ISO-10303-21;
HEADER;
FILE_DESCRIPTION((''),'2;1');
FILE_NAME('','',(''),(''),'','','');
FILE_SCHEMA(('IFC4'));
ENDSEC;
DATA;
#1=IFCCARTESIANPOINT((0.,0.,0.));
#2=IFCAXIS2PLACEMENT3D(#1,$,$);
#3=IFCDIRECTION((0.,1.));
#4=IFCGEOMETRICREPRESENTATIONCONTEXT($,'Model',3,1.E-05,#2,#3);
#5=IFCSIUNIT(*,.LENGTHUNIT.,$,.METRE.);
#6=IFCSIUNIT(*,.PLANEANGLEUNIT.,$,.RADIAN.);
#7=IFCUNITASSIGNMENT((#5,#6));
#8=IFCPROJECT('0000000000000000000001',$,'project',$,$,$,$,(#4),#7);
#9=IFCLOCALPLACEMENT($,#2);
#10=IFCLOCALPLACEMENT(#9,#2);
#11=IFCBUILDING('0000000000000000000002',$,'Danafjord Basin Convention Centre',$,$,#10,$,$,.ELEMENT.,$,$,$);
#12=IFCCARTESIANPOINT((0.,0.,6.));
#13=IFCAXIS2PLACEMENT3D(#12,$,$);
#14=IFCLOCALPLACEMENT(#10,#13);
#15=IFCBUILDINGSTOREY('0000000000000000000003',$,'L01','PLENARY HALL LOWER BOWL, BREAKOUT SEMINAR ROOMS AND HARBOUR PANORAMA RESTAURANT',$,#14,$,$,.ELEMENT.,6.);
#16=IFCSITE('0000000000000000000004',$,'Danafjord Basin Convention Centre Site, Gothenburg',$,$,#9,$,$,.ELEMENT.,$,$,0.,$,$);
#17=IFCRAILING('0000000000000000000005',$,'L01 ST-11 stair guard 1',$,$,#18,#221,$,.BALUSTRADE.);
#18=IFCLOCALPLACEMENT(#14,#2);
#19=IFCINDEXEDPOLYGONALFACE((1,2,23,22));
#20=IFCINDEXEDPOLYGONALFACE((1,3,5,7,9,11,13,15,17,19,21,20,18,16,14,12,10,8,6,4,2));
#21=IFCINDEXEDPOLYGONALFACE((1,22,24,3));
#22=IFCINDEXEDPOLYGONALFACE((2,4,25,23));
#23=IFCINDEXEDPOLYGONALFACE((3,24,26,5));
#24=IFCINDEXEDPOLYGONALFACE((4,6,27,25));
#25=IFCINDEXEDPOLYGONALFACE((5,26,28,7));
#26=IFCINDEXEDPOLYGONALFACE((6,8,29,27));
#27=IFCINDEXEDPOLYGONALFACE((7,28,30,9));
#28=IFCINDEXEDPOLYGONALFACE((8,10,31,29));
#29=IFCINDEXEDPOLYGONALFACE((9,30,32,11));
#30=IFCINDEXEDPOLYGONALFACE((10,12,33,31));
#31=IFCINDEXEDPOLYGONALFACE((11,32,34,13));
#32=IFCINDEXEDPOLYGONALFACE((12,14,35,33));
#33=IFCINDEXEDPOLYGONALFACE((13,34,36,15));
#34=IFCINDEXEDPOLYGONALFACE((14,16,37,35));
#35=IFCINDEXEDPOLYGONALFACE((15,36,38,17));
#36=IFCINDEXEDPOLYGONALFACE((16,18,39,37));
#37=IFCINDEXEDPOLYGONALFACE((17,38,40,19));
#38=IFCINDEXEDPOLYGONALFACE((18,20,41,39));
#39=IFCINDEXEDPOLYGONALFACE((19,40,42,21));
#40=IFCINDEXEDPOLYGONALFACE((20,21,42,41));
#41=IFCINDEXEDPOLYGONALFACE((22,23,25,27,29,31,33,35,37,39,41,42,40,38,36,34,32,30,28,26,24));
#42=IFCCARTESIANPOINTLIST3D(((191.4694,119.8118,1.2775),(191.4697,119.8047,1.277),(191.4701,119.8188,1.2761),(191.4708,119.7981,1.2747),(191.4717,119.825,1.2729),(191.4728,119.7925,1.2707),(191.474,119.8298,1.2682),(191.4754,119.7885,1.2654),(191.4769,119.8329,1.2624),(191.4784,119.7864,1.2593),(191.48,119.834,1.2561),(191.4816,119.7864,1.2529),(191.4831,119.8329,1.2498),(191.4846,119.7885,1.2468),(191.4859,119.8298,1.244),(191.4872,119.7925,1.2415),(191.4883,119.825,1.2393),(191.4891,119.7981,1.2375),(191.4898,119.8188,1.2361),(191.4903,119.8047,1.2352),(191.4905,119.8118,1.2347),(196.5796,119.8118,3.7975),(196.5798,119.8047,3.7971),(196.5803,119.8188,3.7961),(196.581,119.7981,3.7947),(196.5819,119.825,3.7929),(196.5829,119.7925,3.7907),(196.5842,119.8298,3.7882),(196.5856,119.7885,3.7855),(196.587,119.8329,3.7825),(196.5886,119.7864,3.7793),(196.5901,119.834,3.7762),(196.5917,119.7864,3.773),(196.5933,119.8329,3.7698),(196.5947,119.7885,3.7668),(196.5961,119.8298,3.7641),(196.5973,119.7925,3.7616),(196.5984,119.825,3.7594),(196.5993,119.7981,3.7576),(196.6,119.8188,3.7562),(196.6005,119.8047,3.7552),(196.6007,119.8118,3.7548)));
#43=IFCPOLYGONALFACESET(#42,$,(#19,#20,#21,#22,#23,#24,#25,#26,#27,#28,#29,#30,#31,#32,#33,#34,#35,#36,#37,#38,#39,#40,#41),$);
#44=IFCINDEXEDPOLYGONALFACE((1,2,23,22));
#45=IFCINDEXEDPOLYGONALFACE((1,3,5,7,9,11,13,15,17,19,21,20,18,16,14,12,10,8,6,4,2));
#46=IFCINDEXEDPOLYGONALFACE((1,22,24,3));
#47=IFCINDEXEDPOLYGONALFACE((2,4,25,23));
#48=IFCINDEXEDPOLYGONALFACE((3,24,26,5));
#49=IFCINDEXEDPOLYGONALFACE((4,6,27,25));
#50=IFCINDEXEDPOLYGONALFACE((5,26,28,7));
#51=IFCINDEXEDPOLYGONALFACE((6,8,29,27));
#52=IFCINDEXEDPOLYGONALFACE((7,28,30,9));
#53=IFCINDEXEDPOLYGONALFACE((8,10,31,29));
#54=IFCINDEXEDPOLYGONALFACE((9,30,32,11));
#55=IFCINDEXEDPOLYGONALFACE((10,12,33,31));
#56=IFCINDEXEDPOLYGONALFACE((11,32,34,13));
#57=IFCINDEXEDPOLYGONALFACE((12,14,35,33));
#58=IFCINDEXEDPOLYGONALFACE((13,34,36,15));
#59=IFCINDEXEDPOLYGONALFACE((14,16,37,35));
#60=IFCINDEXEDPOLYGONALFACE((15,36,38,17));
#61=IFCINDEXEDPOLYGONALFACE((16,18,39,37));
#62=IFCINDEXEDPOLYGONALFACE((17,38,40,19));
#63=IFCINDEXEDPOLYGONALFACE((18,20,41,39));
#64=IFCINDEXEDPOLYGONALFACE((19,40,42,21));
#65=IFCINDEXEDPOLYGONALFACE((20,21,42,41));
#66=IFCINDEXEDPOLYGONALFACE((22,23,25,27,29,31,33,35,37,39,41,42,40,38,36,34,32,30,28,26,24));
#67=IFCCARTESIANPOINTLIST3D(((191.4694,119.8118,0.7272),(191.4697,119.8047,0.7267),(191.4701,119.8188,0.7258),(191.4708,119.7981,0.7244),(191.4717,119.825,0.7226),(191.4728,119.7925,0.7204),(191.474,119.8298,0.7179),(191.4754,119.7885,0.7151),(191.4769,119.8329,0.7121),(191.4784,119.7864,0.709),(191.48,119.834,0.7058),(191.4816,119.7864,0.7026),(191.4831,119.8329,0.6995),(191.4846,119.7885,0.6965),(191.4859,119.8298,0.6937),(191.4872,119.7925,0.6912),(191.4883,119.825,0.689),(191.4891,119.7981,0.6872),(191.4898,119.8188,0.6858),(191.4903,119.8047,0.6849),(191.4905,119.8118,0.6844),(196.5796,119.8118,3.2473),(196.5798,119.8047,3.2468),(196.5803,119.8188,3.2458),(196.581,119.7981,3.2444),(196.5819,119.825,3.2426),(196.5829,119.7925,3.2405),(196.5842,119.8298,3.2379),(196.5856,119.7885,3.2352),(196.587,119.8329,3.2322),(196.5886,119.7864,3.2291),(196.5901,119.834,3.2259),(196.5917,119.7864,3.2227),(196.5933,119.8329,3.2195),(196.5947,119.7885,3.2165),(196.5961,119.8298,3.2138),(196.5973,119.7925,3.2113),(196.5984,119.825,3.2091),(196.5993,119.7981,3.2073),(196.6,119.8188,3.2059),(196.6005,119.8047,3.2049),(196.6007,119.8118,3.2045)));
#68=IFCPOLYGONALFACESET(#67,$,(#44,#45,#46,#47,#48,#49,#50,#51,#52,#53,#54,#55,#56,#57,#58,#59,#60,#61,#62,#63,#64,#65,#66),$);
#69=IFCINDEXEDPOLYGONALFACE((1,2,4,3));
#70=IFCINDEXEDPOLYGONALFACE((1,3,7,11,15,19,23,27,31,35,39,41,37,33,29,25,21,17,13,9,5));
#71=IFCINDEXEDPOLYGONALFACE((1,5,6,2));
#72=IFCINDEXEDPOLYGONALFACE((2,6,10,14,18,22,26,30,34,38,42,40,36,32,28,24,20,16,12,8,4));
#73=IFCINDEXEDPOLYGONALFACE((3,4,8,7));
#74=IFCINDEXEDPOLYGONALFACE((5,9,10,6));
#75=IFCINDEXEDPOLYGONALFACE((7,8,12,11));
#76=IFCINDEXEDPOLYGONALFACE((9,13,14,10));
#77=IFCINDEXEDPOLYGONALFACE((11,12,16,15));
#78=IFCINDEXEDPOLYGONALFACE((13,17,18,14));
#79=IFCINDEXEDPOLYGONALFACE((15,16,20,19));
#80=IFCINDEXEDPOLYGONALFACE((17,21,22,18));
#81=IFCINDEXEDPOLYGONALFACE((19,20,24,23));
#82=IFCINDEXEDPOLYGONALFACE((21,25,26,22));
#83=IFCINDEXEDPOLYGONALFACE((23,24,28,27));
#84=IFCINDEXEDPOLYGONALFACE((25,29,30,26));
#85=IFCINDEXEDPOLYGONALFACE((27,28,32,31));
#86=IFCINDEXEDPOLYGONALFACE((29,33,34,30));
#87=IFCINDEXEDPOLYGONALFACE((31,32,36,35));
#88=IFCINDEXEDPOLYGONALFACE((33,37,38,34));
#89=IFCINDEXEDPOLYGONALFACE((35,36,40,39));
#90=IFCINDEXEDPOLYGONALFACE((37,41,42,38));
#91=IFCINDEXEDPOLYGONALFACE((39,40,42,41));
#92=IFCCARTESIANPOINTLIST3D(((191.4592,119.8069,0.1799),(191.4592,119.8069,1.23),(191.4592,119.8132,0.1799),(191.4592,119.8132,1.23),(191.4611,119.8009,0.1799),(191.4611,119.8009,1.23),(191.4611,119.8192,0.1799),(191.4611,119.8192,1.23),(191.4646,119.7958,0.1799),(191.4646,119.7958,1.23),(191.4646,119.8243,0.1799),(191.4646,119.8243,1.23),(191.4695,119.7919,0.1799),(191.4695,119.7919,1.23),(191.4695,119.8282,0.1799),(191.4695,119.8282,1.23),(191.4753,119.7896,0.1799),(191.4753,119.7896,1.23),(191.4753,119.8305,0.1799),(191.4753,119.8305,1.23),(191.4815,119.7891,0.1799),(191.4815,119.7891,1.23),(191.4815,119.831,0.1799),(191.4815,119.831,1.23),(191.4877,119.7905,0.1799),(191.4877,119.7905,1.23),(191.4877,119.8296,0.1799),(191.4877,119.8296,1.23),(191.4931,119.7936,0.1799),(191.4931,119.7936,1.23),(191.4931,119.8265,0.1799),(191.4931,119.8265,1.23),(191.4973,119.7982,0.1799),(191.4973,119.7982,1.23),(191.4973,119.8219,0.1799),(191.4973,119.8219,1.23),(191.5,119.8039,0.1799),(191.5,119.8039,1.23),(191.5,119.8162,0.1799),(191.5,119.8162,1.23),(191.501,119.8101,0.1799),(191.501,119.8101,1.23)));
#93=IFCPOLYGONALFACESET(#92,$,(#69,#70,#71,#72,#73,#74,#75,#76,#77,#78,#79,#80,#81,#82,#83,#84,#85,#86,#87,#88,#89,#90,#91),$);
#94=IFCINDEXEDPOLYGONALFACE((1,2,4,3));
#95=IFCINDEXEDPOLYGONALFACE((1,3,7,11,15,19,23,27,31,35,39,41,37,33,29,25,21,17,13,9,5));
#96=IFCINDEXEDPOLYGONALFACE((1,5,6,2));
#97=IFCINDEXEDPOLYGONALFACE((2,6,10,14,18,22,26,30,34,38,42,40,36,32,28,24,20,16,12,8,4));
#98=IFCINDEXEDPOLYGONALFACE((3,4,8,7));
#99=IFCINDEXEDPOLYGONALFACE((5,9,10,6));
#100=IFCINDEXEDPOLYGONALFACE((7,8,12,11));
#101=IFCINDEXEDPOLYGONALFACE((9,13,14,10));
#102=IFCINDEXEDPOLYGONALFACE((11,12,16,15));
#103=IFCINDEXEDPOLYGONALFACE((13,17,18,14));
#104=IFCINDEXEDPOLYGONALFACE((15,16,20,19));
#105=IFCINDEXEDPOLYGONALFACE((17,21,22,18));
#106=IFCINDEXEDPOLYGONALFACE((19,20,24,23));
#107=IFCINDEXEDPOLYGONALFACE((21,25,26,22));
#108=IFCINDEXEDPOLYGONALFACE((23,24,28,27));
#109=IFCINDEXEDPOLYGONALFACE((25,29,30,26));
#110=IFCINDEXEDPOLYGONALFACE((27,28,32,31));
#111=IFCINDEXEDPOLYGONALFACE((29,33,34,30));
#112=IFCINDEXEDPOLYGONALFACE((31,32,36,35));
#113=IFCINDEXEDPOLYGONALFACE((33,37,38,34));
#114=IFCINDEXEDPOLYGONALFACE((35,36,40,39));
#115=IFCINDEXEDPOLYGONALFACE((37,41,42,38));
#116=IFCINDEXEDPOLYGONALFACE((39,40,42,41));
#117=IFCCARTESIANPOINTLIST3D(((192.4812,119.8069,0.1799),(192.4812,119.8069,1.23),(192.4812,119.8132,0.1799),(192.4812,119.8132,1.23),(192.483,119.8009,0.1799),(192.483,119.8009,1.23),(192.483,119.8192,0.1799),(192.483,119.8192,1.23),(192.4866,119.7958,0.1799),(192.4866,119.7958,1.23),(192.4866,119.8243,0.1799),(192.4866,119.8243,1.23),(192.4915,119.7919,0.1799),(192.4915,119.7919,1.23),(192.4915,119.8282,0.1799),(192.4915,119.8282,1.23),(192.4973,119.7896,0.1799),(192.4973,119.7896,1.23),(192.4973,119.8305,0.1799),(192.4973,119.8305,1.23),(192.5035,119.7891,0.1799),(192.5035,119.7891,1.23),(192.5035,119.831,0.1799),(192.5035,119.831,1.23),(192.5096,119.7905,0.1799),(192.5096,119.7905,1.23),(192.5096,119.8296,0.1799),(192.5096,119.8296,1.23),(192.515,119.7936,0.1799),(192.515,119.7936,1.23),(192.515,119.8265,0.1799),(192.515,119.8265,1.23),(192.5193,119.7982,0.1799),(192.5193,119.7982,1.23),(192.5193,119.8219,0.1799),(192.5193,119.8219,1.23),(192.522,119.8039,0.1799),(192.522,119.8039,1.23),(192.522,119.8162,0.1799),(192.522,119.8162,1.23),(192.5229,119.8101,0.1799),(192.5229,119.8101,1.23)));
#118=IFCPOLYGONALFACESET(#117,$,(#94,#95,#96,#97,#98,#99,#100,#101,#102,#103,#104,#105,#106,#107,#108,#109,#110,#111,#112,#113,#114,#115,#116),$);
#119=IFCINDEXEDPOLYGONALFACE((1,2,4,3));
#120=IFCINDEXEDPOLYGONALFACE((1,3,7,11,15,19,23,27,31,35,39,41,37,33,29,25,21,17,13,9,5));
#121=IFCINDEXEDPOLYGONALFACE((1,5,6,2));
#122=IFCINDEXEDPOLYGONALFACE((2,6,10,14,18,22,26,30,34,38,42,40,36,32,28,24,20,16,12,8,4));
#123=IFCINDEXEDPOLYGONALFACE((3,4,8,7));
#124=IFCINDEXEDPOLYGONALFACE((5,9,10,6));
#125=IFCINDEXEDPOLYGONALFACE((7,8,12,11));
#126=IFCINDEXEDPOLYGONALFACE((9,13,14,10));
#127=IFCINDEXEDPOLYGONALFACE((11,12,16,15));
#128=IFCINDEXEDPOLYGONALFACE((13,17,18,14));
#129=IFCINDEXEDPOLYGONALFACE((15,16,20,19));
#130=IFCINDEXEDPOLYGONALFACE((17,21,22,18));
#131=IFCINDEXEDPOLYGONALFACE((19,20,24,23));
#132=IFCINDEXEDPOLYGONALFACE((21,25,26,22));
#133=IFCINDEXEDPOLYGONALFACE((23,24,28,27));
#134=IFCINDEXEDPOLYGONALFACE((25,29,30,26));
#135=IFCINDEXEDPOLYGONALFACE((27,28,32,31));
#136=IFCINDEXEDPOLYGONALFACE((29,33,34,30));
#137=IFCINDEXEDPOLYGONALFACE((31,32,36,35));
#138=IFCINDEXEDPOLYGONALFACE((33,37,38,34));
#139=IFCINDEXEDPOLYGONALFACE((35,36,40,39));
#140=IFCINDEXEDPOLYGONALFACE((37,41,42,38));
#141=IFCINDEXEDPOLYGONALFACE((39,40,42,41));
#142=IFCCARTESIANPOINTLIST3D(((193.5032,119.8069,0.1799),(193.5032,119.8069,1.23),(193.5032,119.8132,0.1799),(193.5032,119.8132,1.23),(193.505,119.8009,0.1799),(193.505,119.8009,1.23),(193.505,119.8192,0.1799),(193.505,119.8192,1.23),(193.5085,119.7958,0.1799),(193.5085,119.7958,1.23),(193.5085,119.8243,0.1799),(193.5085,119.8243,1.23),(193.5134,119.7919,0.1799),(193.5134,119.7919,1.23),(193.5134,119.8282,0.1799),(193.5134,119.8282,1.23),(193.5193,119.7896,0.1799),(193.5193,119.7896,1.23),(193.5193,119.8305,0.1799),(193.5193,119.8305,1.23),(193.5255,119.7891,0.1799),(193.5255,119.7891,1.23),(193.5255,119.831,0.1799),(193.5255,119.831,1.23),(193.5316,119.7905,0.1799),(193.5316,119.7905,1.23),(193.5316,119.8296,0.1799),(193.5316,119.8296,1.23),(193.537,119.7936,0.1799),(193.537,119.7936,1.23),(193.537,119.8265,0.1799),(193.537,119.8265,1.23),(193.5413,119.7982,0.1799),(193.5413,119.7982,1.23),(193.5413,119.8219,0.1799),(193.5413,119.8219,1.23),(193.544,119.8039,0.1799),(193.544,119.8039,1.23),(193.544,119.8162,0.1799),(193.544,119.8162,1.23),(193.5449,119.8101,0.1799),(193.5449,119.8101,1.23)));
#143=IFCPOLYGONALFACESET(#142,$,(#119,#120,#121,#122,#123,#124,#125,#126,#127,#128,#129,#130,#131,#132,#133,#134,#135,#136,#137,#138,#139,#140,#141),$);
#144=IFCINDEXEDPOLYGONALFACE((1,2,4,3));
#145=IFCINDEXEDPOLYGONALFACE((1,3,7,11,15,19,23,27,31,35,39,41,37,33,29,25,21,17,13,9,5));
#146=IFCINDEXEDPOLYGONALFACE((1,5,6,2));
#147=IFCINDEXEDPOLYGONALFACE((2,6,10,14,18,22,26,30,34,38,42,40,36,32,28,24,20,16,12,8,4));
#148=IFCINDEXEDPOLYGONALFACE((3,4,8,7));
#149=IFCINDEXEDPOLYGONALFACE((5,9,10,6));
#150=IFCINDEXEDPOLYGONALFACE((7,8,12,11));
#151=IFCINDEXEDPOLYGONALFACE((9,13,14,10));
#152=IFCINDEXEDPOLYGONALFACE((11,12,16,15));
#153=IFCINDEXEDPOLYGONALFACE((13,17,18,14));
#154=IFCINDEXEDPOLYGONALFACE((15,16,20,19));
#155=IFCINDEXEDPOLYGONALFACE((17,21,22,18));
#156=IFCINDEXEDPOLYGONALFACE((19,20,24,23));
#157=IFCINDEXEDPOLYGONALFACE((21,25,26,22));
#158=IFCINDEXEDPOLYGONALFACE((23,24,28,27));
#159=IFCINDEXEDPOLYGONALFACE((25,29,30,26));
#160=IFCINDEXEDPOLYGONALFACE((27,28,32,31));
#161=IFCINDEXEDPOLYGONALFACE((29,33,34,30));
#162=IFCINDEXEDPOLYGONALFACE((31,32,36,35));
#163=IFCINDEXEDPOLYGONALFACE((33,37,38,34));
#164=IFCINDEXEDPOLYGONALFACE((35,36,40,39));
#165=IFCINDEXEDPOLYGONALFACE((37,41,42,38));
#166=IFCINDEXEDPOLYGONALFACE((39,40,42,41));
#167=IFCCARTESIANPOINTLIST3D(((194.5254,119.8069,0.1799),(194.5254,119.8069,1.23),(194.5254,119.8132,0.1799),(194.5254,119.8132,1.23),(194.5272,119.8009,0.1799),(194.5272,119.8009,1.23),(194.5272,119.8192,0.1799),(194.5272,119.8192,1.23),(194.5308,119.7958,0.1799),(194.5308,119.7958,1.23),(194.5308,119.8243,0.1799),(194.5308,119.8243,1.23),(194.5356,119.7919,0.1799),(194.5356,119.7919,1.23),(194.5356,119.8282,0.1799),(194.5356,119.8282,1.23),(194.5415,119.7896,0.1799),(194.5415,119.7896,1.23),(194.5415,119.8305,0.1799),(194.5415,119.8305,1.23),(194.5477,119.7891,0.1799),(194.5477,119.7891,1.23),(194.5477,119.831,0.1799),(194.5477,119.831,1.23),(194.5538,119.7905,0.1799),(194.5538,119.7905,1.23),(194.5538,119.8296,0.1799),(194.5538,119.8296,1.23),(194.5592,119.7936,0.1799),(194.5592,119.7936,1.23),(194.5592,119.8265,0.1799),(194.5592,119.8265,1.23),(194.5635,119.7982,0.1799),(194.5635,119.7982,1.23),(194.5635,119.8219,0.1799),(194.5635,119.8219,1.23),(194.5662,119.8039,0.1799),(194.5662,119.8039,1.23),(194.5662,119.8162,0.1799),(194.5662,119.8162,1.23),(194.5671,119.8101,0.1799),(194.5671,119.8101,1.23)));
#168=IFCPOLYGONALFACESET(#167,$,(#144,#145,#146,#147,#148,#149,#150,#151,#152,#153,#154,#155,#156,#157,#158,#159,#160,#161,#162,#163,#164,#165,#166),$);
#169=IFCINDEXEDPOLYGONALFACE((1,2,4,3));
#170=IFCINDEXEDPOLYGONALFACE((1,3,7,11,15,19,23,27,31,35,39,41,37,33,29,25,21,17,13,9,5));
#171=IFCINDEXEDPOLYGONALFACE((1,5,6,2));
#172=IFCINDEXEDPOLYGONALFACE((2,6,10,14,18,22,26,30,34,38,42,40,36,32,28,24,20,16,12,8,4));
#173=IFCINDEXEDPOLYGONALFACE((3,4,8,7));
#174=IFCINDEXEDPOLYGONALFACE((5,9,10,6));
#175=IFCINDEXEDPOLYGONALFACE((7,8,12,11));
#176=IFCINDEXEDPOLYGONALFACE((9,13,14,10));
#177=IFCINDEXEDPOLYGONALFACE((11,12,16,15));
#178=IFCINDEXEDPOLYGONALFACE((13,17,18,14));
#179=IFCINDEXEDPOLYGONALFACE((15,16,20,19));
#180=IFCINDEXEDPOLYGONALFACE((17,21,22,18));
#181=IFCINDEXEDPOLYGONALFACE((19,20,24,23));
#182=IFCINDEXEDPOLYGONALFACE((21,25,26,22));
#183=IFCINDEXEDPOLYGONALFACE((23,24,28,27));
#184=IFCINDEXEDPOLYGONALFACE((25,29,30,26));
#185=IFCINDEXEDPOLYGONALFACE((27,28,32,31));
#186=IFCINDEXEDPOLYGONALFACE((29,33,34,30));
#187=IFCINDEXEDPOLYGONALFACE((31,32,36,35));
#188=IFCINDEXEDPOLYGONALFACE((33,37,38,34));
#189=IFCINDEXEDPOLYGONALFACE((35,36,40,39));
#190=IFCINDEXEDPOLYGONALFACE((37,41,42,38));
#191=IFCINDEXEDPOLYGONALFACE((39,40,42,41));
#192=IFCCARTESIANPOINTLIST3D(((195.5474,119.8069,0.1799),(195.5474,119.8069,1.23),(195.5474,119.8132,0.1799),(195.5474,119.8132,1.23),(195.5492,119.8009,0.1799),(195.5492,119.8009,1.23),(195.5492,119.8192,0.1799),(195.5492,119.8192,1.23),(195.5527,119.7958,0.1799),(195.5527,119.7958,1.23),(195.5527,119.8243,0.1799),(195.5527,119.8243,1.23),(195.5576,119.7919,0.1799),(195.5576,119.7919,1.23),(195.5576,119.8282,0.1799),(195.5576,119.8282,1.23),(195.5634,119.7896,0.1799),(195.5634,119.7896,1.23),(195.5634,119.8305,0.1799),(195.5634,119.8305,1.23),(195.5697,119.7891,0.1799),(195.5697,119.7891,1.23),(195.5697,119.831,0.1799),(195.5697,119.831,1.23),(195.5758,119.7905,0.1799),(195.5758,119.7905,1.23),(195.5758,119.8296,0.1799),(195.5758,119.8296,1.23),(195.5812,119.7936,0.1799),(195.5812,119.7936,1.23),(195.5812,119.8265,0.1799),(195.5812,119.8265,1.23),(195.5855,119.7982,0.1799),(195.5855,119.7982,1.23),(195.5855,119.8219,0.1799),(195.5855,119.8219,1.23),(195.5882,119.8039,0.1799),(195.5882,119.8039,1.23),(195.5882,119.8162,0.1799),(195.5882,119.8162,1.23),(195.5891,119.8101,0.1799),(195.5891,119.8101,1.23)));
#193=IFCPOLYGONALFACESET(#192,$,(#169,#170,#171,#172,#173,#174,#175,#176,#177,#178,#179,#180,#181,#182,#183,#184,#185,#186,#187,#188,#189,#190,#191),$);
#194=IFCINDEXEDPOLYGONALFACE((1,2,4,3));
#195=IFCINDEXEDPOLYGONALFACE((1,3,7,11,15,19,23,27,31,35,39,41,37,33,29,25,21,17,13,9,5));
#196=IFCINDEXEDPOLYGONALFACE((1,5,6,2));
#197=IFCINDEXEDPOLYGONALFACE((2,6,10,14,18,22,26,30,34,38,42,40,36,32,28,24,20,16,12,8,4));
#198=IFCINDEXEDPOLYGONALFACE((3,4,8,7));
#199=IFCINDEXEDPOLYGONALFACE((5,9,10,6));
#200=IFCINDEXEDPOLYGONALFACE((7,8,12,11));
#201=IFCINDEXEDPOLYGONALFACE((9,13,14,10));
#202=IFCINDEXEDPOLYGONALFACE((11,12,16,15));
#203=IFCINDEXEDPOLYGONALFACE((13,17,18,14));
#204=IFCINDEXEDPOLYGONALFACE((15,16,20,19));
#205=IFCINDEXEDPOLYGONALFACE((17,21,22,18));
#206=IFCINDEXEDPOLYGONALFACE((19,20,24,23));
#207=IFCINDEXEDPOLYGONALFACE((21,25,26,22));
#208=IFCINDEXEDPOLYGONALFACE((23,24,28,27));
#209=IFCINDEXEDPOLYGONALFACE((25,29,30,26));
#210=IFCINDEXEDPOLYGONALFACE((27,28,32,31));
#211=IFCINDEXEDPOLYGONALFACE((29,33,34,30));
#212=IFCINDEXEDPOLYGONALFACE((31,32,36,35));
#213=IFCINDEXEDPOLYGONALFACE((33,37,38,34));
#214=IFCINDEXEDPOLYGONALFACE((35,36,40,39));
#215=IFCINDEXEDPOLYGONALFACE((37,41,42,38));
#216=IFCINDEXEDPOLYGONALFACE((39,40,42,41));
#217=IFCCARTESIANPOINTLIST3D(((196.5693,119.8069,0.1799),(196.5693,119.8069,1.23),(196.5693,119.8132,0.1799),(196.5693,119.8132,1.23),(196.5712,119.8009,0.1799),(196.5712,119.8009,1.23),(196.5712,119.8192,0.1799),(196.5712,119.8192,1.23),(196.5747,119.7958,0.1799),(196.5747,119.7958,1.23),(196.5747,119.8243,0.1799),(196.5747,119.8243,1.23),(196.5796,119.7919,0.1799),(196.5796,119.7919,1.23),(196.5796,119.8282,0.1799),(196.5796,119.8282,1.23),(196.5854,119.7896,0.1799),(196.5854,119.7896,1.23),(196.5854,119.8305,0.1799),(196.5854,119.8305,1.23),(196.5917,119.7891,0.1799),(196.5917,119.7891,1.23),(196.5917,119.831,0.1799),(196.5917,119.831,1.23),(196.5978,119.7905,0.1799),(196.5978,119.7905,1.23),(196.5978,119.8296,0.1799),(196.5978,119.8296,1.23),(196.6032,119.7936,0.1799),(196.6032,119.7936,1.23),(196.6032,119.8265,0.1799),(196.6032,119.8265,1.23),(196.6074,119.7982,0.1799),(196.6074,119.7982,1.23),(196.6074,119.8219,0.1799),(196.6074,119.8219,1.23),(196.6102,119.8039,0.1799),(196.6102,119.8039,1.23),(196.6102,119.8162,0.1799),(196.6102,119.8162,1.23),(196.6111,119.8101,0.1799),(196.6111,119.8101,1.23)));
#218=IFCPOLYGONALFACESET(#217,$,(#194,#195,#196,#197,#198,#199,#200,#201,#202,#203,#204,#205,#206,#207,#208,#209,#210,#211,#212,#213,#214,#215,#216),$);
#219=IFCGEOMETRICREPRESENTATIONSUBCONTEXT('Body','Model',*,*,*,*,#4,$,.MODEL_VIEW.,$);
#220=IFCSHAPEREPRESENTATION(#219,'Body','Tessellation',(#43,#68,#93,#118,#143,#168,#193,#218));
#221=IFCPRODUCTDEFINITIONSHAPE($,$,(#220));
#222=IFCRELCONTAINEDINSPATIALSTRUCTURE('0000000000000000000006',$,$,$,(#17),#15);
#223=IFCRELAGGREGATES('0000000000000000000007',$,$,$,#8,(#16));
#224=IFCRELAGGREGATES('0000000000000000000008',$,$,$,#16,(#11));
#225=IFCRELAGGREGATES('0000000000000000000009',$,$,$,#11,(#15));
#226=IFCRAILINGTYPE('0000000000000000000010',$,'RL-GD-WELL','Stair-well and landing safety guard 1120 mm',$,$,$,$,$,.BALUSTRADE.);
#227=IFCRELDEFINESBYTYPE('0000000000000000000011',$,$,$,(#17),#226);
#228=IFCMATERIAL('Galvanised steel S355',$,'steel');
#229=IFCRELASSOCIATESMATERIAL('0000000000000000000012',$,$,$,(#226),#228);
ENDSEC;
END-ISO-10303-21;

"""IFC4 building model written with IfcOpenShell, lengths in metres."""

from ifc_helpers import new_model, si_unit, direction, frame, origin, origin_2d, place, context, subcontext, project, spatial, circle, extrude, material, type_object, element, save


model = new_model("IFC4")

# Units and contexts
model_context = context("Model", 3, precision=1e-05, world=origin(), true_north=direction((0.0, 1.0)))
body_context = subcontext(model_context, "Body", "Model", "MODEL_VIEW")
ifc_project = project(units=[si_unit("LENGTHUNIT", "METRE"), si_unit("PLANEANGLEUNIT", "RADIAN")], contexts=[model_context])

# Site, building, storey
site_placement = place(None, origin())
site = spatial("IfcSite", under=ifc_project, at=site_placement, Name="Danafjord Basin Convention Centre Site, Gothenburg", CompositionType="ELEMENT", RefElevation=0.0)
building_placement = place(site_placement, origin())
building = spatial("IfcBuilding", under=site, at=building_placement, Name="Danafjord Basin Convention Centre", CompositionType="ELEMENT")
storey_placement = place(building_placement, frame((0.0, 0.0, 6.0)))
storey = spatial("IfcBuildingStorey", under=building, at=storey_placement, Name="L01", Description="PLENARY HALL LOWER BOWL, BREAKOUT SEMINAR ROOMS AND HARBOUR PANORAMA RESTAURANT", CompositionType="ELEMENT", Elevation=6.0)

# Railing
ifc_material_1 = material(Name="Galvanised steel S355", Category="steel")
railing_type_1 = type_object("IfcRailingType", Name="RL-GD-WELL", Description="Stair-well and landing safety guard 1120 mm", PredefinedType="BALUSTRADE", material=ifc_material_1)
railing_1_placement = place(storey_placement, frame((191.48, 119.8101, 0.1799)))
element("IfcRailing", 1, at=railing_1_placement, inside=storey, type_object=railing_type_1, Name="L01 ST-11 stair guard 1", PredefinedType="BALUSTRADE", context=body_context, shape_type="SweptSolid", body=[
    extrude(circle(Radius=0.0239, at=origin_2d()), frame((0.0, 0.0, 1.0762), z_axis=(0.896873, 0.0, 0.442288), x_axis=(0.0, 1.0, 0.0)), (0.0, 0.0, 1.0), 5.6978),
    extrude(circle(Radius=0.0239, at=origin_2d()), frame((0.0, 0.0, 0.5259), z_axis=(0.896873, 0.0, 0.442288), x_axis=(0.0, 1.0, 0.0)), (0.0, 0.0, 1.0), 5.6978),
    extrude(circle(Radius=0.021, at=origin_2d()), origin(), (0.0, 0.0, 1.0), 1.05),
    extrude(circle(Radius=0.021, at=origin_2d()), frame((1.022, 0.0, 0.0)), (0.0, 0.0, 1.0), 1.05),
    extrude(circle(Radius=0.021, at=origin_2d()), frame((2.0439, 0.0, 0.0)), (0.0, 0.0, 1.0), 1.05),
    extrude(circle(Radius=0.021, at=origin_2d()), frame((3.0662, 0.0, 0.0)), (0.0, 0.0, 1.0), 1.05),
    extrude(circle(Radius=0.021, at=origin_2d()), frame((4.0881, 0.0, 0.0)), (0.0, 0.0, 1.0), 1.05),
    extrude(circle(Radius=0.021, at=origin_2d()), frame((5.1101, 0.0, 0.0)), (0.0, 0.0, 1.0), 1.05),
])

save(model, "model.ifc")
